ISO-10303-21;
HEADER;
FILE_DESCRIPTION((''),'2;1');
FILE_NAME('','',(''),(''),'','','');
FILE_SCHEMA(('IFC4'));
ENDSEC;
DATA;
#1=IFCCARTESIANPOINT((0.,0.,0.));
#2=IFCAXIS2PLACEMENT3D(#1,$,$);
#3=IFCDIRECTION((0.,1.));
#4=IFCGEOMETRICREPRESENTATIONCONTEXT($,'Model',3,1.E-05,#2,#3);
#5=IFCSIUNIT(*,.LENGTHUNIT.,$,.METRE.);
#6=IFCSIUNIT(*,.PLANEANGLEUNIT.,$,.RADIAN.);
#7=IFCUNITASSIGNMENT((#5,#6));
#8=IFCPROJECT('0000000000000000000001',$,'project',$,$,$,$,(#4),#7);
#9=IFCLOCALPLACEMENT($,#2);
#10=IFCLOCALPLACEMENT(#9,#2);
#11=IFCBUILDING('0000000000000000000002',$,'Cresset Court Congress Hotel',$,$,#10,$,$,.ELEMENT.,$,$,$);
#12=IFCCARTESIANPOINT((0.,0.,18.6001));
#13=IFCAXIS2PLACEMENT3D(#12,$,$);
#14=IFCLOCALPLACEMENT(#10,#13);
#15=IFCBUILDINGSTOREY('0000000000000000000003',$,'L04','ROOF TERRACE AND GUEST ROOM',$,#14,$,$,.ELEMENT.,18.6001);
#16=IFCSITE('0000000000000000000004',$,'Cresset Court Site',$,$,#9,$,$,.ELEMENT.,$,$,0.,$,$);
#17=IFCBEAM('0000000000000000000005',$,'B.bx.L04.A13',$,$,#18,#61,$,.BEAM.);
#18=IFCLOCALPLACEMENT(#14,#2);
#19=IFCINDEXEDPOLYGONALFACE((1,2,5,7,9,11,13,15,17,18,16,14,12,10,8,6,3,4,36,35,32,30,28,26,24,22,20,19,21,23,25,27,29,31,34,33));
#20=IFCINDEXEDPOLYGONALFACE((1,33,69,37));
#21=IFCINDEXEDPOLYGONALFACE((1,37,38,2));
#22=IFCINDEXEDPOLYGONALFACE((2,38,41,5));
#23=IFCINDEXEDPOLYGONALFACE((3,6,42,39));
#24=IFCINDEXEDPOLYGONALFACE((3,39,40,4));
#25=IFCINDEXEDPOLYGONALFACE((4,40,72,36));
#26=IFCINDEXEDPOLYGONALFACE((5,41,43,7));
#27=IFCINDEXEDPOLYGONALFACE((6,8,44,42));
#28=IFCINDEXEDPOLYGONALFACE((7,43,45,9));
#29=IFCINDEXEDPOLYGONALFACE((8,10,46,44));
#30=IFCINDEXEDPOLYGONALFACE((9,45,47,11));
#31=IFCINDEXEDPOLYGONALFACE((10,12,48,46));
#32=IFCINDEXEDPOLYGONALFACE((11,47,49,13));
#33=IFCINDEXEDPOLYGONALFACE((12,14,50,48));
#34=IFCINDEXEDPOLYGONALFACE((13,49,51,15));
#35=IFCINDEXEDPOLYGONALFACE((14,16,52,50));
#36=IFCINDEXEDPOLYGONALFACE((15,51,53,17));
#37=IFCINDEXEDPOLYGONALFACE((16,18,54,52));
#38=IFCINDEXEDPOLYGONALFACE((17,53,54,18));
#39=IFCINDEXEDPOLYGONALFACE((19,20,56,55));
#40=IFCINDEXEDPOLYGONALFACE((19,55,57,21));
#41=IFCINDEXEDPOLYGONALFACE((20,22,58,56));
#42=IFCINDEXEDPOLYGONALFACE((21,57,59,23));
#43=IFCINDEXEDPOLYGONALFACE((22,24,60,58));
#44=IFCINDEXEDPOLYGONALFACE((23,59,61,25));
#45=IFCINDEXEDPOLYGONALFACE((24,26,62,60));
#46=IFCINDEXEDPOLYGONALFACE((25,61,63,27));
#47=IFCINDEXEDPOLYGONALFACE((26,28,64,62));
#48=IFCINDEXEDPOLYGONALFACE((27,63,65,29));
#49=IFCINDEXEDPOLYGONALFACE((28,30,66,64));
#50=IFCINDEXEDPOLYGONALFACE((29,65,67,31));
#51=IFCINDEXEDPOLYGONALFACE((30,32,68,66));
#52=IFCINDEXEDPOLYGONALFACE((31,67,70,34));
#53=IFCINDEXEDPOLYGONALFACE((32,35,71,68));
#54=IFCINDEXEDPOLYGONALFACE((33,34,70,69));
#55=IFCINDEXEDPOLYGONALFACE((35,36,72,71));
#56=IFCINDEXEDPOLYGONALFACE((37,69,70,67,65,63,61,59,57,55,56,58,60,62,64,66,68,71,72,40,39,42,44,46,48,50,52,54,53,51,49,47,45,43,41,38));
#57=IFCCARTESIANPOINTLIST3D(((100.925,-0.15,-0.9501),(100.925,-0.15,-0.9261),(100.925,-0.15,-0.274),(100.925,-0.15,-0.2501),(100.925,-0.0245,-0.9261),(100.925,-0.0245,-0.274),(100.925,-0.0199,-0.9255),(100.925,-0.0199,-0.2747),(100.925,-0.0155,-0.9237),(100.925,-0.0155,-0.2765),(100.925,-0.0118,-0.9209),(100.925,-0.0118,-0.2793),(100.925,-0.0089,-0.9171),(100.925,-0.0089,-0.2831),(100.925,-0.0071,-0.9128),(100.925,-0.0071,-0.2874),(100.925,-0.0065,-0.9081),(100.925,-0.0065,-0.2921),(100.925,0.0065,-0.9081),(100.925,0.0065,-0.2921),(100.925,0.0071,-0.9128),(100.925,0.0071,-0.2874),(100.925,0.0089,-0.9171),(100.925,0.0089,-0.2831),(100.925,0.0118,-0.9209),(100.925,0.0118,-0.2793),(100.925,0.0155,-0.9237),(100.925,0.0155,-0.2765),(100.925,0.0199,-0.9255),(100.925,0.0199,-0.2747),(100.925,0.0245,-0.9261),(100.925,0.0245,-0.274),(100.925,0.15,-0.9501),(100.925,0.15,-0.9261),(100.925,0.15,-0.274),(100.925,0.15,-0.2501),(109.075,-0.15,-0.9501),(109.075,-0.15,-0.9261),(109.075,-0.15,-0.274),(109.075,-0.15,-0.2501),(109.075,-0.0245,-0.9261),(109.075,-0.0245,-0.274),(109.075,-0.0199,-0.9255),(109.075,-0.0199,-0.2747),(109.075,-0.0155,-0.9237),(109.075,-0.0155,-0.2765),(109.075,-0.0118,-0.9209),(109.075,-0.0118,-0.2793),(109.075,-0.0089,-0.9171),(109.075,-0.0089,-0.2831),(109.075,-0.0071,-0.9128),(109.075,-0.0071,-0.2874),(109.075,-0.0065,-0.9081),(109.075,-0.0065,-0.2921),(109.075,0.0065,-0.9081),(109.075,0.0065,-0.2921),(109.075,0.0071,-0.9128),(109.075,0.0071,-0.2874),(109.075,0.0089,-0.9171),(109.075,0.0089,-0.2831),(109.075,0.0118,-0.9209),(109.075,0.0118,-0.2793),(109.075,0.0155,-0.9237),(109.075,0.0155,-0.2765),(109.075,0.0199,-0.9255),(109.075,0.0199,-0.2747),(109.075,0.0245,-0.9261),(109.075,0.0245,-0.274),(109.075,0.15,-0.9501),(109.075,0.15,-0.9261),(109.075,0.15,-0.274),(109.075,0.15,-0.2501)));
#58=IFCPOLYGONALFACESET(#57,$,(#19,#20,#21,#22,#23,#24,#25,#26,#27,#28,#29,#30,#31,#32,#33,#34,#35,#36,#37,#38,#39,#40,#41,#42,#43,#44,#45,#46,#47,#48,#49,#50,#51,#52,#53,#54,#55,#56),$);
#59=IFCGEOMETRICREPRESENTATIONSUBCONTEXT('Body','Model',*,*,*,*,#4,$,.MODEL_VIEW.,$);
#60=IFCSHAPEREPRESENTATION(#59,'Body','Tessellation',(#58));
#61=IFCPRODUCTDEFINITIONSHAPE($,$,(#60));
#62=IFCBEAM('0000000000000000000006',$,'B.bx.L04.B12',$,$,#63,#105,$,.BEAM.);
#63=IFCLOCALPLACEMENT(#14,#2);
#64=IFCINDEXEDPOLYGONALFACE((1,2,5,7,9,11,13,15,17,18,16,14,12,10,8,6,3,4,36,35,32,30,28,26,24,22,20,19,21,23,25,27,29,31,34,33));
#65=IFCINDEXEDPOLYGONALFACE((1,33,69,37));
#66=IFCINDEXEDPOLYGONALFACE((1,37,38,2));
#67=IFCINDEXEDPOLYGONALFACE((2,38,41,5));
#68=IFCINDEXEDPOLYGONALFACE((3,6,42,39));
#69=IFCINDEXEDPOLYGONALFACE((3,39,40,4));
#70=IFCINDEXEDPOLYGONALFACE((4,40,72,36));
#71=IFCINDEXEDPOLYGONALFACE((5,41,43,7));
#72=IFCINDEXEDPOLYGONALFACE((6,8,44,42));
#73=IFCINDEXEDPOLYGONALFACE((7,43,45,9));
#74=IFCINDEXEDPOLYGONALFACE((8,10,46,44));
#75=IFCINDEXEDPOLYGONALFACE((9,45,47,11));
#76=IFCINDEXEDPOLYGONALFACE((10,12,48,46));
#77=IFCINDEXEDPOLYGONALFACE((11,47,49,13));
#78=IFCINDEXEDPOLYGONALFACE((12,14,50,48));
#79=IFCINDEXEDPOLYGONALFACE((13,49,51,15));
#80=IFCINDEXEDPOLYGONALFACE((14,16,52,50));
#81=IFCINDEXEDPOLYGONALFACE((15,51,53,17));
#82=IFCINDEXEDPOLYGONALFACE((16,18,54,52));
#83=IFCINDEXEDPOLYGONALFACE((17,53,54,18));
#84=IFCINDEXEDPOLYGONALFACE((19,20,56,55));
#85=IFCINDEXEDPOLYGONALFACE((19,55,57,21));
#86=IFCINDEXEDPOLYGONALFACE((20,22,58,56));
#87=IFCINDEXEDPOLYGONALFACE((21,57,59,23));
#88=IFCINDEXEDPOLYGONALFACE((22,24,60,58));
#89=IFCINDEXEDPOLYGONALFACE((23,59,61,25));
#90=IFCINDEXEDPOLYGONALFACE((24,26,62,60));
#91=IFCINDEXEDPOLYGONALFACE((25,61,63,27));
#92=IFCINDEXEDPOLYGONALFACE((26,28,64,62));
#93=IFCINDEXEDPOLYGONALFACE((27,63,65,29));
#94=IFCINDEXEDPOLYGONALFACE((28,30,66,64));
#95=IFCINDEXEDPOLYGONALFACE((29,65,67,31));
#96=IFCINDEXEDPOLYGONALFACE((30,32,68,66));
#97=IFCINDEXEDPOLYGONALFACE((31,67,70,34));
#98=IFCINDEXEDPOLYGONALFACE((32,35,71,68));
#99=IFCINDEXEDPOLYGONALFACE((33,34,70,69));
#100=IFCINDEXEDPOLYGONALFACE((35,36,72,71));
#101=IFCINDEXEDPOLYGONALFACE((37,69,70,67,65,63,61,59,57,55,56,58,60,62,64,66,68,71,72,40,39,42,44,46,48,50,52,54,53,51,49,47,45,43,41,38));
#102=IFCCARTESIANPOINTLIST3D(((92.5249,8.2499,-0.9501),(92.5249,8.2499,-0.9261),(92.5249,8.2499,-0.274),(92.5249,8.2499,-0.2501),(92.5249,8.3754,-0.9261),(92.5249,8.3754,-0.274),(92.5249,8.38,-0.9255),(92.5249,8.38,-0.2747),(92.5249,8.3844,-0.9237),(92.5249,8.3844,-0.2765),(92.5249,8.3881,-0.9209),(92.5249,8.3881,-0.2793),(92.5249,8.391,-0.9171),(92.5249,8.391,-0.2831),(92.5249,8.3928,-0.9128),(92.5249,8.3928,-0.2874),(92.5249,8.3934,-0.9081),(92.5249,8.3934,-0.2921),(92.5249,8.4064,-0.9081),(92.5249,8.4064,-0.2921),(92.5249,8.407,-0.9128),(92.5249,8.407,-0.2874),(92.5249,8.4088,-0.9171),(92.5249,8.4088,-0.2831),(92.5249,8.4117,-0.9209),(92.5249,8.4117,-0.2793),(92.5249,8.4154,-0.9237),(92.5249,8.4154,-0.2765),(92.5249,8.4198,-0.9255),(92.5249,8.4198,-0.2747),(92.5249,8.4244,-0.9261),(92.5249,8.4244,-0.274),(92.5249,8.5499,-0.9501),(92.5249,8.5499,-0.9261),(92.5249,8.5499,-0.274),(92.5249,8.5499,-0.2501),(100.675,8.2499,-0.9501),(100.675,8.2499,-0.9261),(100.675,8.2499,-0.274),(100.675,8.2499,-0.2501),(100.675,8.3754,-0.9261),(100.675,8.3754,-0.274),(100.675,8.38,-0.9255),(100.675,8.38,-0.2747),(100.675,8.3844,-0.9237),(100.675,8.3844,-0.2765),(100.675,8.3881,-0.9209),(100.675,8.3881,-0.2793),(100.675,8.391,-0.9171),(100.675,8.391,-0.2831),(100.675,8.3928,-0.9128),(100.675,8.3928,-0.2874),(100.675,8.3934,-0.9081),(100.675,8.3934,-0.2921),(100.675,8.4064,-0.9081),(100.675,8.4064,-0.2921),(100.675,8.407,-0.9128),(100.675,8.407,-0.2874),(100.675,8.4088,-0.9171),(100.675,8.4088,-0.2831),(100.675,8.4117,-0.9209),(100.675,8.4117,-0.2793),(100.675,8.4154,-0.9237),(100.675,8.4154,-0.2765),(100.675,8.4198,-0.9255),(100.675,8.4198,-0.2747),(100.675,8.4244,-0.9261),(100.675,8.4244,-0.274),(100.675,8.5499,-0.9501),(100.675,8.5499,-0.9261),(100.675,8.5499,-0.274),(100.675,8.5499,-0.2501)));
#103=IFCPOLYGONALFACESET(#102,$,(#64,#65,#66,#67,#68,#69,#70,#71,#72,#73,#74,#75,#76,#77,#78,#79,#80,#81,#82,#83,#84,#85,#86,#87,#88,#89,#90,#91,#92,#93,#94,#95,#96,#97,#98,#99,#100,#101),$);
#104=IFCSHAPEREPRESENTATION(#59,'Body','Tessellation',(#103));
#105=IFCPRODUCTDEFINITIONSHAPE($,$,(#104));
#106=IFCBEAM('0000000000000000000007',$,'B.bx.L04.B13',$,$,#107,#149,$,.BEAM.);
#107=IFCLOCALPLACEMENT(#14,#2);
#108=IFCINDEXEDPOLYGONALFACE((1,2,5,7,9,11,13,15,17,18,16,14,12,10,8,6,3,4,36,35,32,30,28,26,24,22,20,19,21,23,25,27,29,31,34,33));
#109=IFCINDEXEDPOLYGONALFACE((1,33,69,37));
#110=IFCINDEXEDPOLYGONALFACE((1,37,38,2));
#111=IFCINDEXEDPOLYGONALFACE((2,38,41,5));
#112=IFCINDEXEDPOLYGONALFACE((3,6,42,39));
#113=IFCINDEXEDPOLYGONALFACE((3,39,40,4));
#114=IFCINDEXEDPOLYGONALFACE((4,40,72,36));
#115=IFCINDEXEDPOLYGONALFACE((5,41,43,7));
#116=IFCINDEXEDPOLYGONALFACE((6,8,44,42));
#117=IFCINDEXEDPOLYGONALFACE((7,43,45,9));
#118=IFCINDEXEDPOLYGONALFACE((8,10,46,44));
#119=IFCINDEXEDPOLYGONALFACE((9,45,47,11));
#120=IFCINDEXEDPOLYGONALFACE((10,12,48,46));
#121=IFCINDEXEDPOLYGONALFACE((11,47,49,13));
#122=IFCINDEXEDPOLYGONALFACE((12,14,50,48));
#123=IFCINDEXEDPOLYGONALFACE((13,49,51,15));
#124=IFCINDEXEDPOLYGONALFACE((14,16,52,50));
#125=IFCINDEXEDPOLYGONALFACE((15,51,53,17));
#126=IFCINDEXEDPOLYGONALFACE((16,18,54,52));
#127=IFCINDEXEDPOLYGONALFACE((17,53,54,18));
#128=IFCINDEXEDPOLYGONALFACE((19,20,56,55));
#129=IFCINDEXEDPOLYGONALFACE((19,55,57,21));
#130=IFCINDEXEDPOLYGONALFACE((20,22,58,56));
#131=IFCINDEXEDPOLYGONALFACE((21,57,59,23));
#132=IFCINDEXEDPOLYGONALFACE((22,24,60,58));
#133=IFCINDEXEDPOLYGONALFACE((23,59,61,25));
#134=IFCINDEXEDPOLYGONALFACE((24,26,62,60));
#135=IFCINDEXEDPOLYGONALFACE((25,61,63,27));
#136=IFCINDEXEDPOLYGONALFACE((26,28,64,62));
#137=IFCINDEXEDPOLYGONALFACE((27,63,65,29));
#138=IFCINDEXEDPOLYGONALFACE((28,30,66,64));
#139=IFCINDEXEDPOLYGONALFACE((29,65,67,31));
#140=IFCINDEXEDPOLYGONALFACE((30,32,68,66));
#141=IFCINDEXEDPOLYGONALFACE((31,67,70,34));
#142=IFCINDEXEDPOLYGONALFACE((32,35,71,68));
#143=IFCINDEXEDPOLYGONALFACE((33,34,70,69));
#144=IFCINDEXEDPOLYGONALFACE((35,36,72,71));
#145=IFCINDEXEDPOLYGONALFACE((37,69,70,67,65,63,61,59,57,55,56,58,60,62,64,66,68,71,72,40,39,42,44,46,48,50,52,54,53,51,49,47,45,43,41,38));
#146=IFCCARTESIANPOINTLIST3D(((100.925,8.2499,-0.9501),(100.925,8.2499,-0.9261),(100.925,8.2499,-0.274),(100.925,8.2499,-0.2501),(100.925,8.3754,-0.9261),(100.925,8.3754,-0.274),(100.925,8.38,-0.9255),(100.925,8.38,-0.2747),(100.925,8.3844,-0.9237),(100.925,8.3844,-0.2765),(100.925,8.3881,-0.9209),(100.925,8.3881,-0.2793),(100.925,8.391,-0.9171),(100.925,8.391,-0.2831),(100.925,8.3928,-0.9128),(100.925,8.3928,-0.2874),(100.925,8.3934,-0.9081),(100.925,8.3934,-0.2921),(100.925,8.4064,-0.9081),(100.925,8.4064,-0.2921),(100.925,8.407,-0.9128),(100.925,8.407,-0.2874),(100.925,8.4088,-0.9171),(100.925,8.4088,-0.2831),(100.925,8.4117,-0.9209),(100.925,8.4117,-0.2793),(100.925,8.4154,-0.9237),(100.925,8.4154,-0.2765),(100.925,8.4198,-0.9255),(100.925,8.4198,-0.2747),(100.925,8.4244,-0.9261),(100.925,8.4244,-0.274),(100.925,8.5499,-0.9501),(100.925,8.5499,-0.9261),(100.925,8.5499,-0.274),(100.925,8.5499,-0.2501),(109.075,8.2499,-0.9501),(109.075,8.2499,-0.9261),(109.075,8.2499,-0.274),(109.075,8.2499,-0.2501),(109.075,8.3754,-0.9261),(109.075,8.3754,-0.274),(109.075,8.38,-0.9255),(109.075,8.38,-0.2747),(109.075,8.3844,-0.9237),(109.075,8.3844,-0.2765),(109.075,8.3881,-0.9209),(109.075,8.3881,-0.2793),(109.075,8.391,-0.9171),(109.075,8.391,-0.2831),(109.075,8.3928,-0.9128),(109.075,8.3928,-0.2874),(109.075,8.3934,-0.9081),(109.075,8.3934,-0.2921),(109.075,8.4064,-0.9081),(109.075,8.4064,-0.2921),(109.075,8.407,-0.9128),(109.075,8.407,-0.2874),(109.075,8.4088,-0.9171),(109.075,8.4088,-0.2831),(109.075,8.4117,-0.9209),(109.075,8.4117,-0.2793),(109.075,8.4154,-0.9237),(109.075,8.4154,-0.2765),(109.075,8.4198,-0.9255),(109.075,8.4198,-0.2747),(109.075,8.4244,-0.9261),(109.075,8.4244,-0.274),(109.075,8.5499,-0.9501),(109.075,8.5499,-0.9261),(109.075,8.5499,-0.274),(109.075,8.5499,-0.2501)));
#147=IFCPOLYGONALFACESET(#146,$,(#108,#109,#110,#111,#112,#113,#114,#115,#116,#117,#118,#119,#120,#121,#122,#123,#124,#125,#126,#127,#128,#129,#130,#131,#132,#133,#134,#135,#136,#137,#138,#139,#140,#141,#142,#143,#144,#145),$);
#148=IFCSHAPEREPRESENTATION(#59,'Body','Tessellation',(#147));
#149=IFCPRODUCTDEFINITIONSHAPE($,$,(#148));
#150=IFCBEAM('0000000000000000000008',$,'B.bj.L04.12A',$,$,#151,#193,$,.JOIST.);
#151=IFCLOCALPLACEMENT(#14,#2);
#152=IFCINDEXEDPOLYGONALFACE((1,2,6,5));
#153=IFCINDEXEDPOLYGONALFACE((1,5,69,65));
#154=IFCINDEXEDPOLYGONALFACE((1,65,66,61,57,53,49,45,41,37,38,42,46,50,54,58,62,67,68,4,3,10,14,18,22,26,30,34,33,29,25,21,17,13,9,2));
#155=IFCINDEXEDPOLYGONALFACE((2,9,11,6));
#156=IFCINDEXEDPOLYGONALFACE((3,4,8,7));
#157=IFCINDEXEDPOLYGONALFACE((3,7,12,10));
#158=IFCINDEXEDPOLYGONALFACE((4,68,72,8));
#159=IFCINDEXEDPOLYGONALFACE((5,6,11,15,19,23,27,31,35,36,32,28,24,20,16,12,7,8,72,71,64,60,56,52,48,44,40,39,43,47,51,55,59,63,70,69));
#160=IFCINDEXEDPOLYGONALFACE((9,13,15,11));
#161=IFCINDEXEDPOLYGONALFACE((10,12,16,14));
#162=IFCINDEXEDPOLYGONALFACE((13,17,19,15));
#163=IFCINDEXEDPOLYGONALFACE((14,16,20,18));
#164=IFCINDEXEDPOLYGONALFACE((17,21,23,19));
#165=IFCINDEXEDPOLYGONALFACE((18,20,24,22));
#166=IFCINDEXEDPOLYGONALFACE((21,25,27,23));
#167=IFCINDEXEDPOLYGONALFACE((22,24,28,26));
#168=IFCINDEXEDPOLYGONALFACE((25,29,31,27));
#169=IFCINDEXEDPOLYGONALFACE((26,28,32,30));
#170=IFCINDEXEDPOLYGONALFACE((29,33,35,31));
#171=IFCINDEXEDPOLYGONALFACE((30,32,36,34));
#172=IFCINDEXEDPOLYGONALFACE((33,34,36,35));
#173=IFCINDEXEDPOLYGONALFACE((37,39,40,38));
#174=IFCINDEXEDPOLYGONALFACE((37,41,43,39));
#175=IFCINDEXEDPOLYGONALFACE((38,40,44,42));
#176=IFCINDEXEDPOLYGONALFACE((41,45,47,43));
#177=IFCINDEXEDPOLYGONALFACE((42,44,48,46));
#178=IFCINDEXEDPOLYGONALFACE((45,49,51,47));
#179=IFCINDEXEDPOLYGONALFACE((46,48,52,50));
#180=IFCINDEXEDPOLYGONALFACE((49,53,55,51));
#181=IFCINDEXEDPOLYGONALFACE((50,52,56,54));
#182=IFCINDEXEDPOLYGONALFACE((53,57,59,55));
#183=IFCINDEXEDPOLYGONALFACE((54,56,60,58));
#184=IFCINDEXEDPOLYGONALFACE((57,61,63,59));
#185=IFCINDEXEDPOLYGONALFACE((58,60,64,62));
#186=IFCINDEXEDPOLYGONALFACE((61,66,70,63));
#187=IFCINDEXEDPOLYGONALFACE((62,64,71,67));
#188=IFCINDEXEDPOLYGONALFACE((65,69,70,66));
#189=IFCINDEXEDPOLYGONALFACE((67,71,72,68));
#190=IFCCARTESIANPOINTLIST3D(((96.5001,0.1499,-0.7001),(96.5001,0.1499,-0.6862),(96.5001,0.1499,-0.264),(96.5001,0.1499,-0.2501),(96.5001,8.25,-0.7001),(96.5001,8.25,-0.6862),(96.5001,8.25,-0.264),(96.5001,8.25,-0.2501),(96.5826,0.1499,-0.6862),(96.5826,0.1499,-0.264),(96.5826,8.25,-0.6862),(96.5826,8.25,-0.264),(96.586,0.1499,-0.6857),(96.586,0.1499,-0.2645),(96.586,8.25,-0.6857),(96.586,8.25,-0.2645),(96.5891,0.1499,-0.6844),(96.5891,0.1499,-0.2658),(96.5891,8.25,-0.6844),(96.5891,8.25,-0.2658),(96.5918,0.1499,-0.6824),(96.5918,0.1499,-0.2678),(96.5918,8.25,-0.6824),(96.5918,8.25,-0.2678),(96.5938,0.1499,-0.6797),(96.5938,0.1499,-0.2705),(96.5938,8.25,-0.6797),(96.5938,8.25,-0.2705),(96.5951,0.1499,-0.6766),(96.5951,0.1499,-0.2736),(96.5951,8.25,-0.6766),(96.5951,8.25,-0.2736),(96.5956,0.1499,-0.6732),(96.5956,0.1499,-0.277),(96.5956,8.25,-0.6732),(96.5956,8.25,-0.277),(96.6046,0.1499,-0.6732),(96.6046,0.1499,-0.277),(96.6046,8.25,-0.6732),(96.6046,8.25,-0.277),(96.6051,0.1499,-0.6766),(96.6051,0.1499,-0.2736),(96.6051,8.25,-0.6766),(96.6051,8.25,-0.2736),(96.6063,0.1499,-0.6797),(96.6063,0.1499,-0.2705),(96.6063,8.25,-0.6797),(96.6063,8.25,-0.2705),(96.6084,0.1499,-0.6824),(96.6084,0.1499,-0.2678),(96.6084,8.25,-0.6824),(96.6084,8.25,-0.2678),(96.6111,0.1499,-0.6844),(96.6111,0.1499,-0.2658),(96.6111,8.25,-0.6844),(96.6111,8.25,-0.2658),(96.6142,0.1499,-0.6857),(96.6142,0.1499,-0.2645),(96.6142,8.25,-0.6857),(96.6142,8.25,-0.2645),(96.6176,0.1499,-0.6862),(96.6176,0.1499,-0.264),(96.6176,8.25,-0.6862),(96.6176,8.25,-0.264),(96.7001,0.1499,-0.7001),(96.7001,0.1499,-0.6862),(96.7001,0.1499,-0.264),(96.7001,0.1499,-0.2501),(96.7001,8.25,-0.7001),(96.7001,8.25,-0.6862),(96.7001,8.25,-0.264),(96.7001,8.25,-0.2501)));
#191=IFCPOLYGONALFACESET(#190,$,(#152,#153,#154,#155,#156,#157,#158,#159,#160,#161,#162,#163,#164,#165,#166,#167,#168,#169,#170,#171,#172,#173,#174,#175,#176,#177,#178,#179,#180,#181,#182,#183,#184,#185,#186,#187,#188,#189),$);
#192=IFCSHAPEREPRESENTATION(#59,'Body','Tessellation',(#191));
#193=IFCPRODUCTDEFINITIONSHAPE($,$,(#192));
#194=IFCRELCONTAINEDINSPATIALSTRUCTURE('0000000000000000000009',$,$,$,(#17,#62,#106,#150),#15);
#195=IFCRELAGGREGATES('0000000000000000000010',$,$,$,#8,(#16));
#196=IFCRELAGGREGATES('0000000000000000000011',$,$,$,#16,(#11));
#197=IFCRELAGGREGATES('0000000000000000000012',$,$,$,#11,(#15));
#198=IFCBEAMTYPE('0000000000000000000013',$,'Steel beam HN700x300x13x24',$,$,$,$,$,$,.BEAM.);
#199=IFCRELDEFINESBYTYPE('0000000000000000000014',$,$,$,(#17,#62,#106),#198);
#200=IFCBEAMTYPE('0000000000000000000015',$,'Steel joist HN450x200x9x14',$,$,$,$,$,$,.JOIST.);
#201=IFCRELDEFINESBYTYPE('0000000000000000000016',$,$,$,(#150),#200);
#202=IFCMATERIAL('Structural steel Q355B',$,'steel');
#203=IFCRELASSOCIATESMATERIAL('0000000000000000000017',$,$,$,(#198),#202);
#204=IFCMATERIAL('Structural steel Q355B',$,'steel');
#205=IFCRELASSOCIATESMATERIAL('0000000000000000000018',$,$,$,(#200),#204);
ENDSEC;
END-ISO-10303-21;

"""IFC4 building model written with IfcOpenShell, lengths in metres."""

from ifc_helpers import new_model, si_unit, direction, frame, origin, origin_2d, place, context, subcontext, project, spatial, i_section, extrude, material, material_profile, profile_set, type_object, element, save


model = new_model("IFC4")

# Units and contexts
model_context = context("Model", 3, precision=1e-05, world=origin(), true_north=direction((0.0, 1.0)))
body_context = subcontext(model_context, "Body", "Model", "MODEL_VIEW")
ifc_project = project(units=[si_unit("LENGTHUNIT", "METRE"), si_unit("PLANEANGLEUNIT", "RADIAN")], contexts=[model_context])

# Site, building, storey
site_placement = place(None, origin())
site = spatial("IfcSite", under=ifc_project, at=site_placement, Name="Cresset Court Site", CompositionType="ELEMENT", RefElevation=0.0)
building_placement = place(site_placement, origin())
building = spatial("IfcBuilding", under=site, at=building_placement, Name="Cresset Court Congress Hotel", CompositionType="ELEMENT")
storey_placement = place(building_placement, frame((0.0, 0.0, 18.6001)))
storey = spatial("IfcBuildingStorey", under=building, at=storey_placement, Name="L04", Description="ROOF TERRACE AND GUEST ROOM", CompositionType="ELEMENT", Elevation=18.6001)

# Beams
ifc_material_1 = material(Name="Structural steel Q355B", Category="steel")
ifc_material_profile_1 = material_profile(ifc_material_1, i_section(OverallWidth=0.3, OverallDepth=0.7, WebThickness=0.0129, FlangeThickness=0.0239, FilletRadius=0.0181, at=origin_2d()), Name="HN700x300x13x24")
ifc_profile_set_1 = profile_set([ifc_material_profile_1], Name="Structural steel Q355B")
beam_type_1 = type_object("IfcBeamType", Name="Steel beam HN700x300x13x24", PredefinedType="BEAM", material=ifc_profile_set_1)
beam_1_placement = place(storey_placement, frame((100.925, 0.0, -0.6001), z_axis=(1.0, 0.0, 0.0), x_axis=(0.0, 1.0, 0.0)))
element("IfcBeam", 1, at=beam_1_placement, inside=storey, type_object=beam_type_1, Name="B.bx.L04.A13", PredefinedType="BEAM", context=body_context, shape_type="SweptSolid", body=[
    extrude(i_section(OverallWidth=0.3, OverallDepth=0.7, WebThickness=0.0129, FlangeThickness=0.0239, FilletRadius=0.0181, at=origin_2d()), origin(), (0.0, 0.0, 1.0), 8.1499),
])
beam_2_placement = place(storey_placement, frame((92.5249, 8.3999, -0.6001), z_axis=(1.0, 0.0, 0.0), x_axis=(0.0, 1.0, 0.0)))
element("IfcBeam", 2, at=beam_2_placement, inside=storey, type_object=beam_type_1, Name="B.bx.L04.B12", PredefinedType="BEAM", context=body_context, shape_type="SweptSolid", body=[
    extrude(i_section(OverallWidth=0.3, OverallDepth=0.7, WebThickness=0.0129, FlangeThickness=0.0239, FilletRadius=0.0181, at=origin_2d()), origin(), (0.0, 0.0, 1.0), 8.1501),
])
beam_3_placement = place(storey_placement, frame((100.925, 8.3999, -0.6001), z_axis=(1.0, 0.0, 0.0), x_axis=(0.0, 1.0, 0.0)))
element("IfcBeam", 3, at=beam_3_placement, inside=storey, type_object=beam_type_1, Name="B.bx.L04.B13", PredefinedType="BEAM", context=body_context, shape_type="SweptSolid", body=[
    extrude(i_section(OverallWidth=0.3, OverallDepth=0.7, WebThickness=0.0129, FlangeThickness=0.0239, FilletRadius=0.0181, at=origin_2d()), origin(), (0.0, 0.0, 1.0), 8.1499),
])
ifc_material_2 = material(Name="Structural steel Q355B", Category="steel")
ifc_material_profile_2 = material_profile(ifc_material_2, i_section(OverallWidth=0.2, OverallDepth=0.45, WebThickness=0.009, FlangeThickness=0.0139, FilletRadius=0.0129, at=origin_2d()), Name="HN450x200x9x14")
ifc_profile_set_2 = profile_set([ifc_material_profile_2], Name="Structural steel Q355B")
beam_type_2 = type_object("IfcBeamType", Name="Steel joist HN450x200x9x14", PredefinedType="JOIST", material=ifc_profile_set_2)
beam_4_placement = place(storey_placement, frame((96.6001, 0.1499, -0.4751), z_axis=(0.0, 1.0, 0.0), x_axis=(-1.0, 0.0, 0.0)))
element("IfcBeam", 4, at=beam_4_placement, inside=storey, type_object=beam_type_2, Name="B.bj.L04.12A", PredefinedType="JOIST", context=body_context, shape_type="SweptSolid", body=[
    extrude(i_section(OverallWidth=0.2, OverallDepth=0.45, WebThickness=0.009, FlangeThickness=0.0139, FilletRadius=0.0129, at=origin_2d()), origin(), (0.0, 0.0, 1.0), 8.1001),
])

save(model, "model.ifc")
